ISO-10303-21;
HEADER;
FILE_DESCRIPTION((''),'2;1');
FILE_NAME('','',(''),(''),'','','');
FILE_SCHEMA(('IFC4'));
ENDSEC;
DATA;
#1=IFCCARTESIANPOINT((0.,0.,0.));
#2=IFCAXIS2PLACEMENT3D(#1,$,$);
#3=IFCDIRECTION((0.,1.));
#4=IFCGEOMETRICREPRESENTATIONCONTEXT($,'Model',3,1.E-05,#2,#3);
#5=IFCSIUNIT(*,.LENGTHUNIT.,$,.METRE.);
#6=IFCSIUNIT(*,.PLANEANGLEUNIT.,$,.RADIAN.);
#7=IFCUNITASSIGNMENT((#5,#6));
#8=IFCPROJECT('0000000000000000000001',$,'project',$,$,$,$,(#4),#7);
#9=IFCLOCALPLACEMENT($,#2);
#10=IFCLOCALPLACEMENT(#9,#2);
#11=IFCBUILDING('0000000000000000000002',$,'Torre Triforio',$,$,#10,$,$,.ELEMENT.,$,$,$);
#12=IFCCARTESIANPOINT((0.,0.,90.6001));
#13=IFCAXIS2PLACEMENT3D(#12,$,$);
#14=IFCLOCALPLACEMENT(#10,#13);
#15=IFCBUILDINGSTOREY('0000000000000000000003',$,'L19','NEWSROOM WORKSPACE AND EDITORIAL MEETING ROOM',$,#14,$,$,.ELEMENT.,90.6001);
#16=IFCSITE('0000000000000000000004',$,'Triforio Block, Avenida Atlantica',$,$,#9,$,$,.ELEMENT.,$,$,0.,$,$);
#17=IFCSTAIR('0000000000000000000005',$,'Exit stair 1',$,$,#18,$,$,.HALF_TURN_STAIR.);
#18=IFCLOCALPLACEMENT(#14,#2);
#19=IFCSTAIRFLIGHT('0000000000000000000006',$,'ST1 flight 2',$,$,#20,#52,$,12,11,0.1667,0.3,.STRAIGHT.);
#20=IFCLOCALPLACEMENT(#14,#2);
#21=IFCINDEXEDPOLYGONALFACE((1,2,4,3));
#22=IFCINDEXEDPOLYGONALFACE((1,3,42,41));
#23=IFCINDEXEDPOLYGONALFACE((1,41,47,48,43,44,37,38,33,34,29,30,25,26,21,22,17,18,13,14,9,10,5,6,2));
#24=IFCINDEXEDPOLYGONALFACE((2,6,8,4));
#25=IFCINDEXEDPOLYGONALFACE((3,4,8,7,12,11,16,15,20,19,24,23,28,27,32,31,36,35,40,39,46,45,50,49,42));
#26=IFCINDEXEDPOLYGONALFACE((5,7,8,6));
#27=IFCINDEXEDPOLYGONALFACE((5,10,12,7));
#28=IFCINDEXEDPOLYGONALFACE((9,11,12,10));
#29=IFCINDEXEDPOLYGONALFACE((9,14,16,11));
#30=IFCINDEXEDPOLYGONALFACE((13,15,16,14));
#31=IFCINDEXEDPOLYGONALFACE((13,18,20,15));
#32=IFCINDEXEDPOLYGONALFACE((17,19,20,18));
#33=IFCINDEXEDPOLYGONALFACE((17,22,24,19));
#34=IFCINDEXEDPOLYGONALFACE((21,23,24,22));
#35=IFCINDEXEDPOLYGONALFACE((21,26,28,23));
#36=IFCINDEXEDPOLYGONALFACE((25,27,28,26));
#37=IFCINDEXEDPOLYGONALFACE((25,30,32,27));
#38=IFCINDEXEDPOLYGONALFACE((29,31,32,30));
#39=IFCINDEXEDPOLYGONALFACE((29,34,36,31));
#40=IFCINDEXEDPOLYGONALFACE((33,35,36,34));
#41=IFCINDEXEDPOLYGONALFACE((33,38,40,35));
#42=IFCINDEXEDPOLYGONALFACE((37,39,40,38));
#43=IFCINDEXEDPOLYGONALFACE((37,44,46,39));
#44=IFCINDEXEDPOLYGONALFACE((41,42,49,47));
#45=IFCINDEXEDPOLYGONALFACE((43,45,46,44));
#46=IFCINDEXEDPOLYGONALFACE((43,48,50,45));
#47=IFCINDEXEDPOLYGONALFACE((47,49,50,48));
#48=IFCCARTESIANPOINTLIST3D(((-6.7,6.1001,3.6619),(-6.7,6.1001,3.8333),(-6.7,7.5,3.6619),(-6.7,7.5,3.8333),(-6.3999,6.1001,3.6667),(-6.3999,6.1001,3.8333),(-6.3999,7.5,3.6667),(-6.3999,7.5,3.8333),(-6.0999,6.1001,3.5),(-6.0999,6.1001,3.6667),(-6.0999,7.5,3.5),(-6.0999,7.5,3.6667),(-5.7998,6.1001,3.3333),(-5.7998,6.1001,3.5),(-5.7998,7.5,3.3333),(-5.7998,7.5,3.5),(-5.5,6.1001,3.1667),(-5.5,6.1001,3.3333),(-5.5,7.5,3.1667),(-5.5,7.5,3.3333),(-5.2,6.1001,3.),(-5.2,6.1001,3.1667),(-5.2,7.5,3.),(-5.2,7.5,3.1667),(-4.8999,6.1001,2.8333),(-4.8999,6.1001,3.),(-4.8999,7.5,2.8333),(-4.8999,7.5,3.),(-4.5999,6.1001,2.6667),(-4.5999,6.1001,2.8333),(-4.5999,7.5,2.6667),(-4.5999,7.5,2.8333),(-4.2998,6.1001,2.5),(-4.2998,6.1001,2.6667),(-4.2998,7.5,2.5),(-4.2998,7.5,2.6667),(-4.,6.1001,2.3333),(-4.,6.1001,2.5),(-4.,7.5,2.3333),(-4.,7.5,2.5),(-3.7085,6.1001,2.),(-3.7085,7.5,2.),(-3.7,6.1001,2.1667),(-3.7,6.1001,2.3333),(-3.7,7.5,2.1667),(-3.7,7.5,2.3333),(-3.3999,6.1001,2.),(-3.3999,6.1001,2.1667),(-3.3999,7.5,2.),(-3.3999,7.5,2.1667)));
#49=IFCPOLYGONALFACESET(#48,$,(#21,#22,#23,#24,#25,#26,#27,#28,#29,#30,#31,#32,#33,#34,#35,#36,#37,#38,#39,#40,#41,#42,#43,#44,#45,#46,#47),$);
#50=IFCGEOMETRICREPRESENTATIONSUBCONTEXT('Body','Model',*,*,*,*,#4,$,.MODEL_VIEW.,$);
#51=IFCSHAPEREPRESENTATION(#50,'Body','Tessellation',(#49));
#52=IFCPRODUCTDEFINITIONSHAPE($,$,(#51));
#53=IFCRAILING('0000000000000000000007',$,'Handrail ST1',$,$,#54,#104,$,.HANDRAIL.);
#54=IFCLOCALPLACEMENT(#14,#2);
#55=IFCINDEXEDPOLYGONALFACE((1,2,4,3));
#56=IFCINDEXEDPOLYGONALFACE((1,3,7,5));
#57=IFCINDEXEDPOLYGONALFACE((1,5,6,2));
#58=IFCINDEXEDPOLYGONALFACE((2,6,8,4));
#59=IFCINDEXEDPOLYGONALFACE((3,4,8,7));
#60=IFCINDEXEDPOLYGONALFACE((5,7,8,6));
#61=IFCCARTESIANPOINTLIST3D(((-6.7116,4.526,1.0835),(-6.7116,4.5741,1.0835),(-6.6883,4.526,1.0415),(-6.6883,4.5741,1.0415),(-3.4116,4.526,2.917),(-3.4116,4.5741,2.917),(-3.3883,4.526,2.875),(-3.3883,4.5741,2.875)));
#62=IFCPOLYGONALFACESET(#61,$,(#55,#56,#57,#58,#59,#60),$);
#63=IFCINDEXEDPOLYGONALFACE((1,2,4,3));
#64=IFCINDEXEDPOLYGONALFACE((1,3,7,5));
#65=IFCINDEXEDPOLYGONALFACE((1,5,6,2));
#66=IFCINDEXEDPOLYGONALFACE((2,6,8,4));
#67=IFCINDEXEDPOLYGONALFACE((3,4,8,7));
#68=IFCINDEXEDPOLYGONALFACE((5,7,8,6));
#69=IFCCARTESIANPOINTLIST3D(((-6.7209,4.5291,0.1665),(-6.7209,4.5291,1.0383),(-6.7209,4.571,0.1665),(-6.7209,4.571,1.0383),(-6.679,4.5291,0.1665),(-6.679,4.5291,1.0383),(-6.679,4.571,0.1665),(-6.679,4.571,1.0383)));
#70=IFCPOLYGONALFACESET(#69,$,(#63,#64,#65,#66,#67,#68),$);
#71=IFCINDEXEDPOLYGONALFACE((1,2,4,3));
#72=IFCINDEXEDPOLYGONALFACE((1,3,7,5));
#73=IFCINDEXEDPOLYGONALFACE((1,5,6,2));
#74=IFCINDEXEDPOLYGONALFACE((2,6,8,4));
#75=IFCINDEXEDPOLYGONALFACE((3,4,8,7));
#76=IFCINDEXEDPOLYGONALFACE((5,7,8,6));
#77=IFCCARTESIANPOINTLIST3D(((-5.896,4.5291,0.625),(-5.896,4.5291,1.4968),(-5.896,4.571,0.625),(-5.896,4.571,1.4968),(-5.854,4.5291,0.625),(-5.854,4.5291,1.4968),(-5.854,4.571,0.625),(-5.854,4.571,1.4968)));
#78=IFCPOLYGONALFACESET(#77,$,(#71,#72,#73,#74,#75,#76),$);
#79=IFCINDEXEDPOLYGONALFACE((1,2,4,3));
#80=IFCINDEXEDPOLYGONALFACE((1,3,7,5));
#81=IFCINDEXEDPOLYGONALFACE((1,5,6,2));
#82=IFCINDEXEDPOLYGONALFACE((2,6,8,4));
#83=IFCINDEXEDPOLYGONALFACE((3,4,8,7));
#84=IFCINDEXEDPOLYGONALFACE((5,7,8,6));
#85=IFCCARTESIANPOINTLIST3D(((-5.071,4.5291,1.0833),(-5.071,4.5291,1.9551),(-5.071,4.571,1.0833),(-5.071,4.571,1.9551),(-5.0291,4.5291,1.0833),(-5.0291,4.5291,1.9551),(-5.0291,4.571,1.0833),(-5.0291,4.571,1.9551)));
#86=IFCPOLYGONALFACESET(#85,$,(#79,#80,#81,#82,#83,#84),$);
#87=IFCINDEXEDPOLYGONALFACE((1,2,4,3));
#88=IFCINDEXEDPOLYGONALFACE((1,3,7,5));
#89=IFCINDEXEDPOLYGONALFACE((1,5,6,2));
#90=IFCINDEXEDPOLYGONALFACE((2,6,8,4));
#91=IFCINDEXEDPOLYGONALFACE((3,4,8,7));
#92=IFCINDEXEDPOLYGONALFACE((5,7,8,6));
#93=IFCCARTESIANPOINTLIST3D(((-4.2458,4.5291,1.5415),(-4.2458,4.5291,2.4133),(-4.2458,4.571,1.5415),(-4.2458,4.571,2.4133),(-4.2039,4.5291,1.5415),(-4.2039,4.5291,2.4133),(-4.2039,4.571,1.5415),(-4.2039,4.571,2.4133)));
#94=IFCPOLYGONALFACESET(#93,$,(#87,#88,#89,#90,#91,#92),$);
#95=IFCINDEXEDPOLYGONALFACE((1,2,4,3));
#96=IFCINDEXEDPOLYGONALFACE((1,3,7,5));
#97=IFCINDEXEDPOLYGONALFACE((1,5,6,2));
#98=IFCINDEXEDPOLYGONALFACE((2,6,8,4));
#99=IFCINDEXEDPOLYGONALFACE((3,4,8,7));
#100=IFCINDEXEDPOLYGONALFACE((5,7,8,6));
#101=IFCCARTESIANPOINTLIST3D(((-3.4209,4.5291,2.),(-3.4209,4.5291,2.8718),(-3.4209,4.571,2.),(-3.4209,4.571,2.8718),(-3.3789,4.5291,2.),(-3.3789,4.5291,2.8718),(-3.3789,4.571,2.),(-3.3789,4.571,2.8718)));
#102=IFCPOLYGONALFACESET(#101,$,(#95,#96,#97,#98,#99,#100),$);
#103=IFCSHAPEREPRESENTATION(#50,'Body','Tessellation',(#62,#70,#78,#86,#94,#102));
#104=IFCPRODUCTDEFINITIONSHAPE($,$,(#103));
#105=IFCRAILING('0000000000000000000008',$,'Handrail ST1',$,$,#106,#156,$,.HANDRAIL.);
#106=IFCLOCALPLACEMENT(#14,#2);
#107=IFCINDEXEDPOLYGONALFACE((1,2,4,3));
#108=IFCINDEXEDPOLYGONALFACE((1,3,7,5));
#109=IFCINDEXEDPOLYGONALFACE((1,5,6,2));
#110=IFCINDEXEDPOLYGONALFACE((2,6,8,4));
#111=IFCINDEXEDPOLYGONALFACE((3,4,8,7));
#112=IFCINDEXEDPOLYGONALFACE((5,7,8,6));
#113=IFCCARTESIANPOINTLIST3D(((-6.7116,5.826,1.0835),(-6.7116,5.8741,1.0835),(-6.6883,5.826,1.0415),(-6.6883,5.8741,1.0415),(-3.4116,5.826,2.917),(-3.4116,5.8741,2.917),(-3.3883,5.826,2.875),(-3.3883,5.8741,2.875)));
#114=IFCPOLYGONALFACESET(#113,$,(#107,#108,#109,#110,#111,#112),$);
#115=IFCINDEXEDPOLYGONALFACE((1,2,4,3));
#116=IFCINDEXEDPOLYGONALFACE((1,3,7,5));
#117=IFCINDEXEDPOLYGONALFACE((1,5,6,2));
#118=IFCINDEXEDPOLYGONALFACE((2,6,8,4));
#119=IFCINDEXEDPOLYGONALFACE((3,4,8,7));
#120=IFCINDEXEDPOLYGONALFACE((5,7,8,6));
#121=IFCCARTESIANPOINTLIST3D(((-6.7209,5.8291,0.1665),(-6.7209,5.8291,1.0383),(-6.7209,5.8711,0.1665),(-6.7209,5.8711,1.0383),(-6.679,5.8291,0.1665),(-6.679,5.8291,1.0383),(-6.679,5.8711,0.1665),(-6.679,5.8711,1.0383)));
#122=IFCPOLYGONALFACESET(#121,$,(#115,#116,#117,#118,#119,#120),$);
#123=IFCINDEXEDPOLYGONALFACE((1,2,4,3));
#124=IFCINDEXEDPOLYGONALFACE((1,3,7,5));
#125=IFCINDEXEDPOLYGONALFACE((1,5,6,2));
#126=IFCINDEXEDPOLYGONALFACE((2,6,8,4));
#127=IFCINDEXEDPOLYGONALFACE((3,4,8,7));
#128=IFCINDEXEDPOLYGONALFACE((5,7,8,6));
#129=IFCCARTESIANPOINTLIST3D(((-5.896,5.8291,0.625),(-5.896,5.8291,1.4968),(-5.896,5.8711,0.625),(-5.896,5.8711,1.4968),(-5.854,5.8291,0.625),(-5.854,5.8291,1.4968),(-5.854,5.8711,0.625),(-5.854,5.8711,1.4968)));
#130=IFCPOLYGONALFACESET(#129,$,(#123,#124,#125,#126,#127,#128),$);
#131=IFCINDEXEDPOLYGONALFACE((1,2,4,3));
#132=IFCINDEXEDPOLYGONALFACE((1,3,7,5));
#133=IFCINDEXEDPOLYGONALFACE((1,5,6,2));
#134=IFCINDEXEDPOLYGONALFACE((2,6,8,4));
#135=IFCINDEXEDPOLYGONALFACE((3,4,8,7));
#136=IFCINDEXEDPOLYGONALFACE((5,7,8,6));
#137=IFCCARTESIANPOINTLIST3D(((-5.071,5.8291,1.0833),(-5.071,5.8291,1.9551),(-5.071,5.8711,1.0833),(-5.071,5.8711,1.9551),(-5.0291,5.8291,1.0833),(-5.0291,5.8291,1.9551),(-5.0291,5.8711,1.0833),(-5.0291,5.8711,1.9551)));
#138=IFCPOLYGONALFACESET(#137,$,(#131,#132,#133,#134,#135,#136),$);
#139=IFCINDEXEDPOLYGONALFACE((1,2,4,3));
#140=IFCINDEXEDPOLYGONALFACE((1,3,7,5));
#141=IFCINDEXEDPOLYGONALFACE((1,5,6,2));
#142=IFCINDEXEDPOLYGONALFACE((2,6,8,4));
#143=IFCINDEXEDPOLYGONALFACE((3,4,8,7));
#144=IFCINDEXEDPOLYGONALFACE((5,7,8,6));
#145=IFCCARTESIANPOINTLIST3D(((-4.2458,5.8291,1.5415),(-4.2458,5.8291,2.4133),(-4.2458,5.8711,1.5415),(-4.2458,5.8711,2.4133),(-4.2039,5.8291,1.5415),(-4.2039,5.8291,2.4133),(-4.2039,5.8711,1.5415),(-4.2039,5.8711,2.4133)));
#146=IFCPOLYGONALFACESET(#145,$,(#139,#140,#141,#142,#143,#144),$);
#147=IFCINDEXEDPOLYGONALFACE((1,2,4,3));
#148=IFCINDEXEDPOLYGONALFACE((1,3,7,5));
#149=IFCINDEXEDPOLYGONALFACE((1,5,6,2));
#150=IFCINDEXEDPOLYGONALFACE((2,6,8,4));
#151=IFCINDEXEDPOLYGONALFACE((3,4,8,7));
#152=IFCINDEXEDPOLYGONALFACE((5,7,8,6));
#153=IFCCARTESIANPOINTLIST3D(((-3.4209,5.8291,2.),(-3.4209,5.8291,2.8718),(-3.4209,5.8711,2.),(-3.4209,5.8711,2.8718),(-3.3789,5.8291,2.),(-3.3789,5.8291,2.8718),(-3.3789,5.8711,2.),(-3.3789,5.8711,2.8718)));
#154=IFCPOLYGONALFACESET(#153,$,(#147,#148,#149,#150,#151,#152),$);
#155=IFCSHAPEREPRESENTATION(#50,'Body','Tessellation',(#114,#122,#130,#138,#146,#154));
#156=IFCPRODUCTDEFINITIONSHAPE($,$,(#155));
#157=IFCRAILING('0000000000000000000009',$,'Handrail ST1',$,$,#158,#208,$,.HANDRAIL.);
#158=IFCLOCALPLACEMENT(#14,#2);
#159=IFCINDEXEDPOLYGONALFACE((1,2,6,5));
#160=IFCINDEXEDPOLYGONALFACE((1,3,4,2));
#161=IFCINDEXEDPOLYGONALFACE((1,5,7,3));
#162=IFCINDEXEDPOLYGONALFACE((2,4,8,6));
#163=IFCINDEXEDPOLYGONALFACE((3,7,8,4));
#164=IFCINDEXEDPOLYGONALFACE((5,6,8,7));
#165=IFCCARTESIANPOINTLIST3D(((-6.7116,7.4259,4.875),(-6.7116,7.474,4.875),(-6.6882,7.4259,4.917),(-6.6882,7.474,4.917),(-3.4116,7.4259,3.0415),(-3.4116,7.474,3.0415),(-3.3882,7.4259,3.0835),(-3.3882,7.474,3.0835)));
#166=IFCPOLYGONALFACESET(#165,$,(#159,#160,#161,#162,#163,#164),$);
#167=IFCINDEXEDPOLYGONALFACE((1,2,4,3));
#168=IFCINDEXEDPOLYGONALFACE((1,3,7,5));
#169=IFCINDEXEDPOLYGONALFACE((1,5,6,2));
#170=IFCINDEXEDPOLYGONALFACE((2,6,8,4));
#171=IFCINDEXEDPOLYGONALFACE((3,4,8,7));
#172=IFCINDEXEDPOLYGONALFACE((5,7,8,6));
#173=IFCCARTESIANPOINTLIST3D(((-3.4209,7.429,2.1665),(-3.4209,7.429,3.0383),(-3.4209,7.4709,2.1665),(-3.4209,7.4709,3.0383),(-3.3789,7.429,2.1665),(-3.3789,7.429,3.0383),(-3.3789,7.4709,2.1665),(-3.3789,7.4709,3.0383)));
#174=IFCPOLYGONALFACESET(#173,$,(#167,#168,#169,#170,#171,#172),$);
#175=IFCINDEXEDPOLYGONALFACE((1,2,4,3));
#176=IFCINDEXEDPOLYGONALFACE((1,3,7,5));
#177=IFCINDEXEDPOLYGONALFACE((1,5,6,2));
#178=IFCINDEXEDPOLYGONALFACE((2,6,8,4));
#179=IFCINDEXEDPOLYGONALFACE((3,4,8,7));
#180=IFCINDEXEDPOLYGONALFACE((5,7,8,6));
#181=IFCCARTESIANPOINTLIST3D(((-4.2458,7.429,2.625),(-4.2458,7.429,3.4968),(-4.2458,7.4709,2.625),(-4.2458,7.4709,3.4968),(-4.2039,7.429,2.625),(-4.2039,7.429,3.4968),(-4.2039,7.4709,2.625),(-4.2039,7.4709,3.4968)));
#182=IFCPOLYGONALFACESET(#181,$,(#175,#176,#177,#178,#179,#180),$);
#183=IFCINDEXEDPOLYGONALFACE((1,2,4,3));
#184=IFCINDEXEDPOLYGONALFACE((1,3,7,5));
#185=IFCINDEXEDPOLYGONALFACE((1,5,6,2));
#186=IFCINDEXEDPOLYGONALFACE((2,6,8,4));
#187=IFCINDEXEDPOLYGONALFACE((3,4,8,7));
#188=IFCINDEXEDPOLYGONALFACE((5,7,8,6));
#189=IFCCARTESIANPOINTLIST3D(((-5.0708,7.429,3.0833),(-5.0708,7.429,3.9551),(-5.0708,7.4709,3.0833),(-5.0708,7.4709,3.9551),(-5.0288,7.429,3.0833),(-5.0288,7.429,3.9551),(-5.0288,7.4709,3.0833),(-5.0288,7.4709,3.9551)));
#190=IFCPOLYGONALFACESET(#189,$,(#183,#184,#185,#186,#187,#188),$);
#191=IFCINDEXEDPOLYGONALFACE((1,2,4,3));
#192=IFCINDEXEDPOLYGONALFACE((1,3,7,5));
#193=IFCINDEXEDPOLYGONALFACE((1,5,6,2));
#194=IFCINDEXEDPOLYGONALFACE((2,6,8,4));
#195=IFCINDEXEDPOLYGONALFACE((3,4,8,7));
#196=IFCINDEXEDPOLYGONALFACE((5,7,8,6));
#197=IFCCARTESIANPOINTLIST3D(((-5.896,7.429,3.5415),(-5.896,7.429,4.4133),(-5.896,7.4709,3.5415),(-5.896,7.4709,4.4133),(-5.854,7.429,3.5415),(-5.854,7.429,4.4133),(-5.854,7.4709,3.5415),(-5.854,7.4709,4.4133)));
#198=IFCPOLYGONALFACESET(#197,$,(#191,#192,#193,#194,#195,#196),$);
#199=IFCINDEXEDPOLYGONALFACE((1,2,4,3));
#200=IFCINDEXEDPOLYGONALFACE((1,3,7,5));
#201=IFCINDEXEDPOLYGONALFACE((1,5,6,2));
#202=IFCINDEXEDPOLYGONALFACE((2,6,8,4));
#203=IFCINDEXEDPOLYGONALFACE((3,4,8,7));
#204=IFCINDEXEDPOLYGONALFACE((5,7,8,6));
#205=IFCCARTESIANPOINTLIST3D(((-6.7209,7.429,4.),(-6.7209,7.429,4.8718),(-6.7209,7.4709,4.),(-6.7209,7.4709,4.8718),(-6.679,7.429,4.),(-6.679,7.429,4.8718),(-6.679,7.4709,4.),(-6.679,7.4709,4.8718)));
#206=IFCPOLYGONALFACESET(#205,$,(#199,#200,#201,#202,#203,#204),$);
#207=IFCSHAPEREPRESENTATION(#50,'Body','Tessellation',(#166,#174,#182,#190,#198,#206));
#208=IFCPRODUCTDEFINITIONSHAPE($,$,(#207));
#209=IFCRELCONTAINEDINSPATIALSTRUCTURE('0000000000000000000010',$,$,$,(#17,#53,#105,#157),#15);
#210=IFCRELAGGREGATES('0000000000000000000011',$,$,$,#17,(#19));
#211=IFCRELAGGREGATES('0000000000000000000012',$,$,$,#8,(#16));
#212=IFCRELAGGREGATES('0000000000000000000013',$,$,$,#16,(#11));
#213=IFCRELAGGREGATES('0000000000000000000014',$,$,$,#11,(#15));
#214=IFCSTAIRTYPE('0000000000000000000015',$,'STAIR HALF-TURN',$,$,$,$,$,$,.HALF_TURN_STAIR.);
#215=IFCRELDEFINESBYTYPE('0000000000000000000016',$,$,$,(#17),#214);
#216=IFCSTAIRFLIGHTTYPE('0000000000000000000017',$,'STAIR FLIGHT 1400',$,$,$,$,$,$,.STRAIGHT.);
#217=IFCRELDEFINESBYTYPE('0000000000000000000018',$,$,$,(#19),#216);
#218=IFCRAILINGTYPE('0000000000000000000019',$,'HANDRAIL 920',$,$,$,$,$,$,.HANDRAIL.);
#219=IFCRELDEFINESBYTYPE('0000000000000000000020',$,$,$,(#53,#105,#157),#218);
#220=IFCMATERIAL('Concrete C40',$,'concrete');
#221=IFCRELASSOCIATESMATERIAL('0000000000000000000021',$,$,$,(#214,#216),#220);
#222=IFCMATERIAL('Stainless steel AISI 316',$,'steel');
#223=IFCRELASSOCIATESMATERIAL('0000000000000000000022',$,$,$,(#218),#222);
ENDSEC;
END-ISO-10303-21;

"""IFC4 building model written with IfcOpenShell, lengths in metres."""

from ifc_helpers import new_model, si_unit, direction, frame, origin, origin_2d, place, context, subcontext, project, spatial, polyline, rectangle, outline, extrude, material, type_object, element, aggregate, save


model = new_model("IFC4")

# Units and contexts
model_context = context("Model", 3, precision=1e-05, world=origin(), true_north=direction((0.0, 1.0)))
body_context = subcontext(model_context, "Body", "Model", "MODEL_VIEW")
ifc_project = project(units=[si_unit("LENGTHUNIT", "METRE"), si_unit("PLANEANGLEUNIT", "RADIAN")], contexts=[model_context])

# Site, building, storey
site_placement = place(None, origin())
site = spatial("IfcSite", under=ifc_project, at=site_placement, Name="Triforio Block, Avenida Atlantica", CompositionType="ELEMENT", RefElevation=0.0)
building_placement = place(site_placement, origin())
building = spatial("IfcBuilding", under=site, at=building_placement, Name="Torre Triforio", CompositionType="ELEMENT")
storey_placement = place(building_placement, frame((0.0, 0.0, 90.6001)))
storey = spatial("IfcBuildingStorey", under=building, at=storey_placement, Name="L19", Description="NEWSROOM WORKSPACE AND EDITORIAL MEETING ROOM", CompositionType="ELEMENT", Elevation=90.6001)

# Stair, stair flight
ifc_material_1 = material(Name="Concrete C40", Category="concrete")
stair_type = type_object("IfcStairType", Name="STAIR HALF-TURN", PredefinedType="HALF_TURN_STAIR", material=ifc_material_1)
stair_placement = place(storey_placement, origin())
stair = element("IfcStair", 1, at=stair_placement, inside=storey, type_object=stair_type, Name="Exit stair 1", PredefinedType="HALF_TURN_STAIR")
stair_flight_type = type_object("IfcStairFlightType", Name="STAIR FLIGHT 1400", PredefinedType="STRAIGHT", material=ifc_material_1)
stair_flight_1_placement = place(storey_placement, frame((-3.3999, 6.8, 2.0), z_axis=(0.0, 0.0, 1.0), x_axis=(-1.0, 0.0, 0.0)))
stair_flight_1 = element("IfcStairFlight", 2, at=stair_flight_1_placement, type_object=stair_flight_type, Name="ST1 flight 2", NumberOfRisers=12, NumberOfTreads=11, PredefinedType="STRAIGHT", RiserHeight=0.1667, TreadLength=0.3, context=body_context, shape_type="SweptSolid", body=[
    extrude(outline(polyline([(0.0, 0.0), (0.0, 0.1667), (0.3, 0.1667), (0.3, 0.3333), (0.6001, 0.3333), (0.6001, 0.5), (0.8999, 0.5), (0.8999, 0.6667), (1.2, 0.6667), (1.2, 0.8333), (1.5, 0.8333), (1.5, 1.0), (1.8, 1.0), (1.8, 1.1667), (2.1001, 1.1667), (2.1001, 1.3333), (2.3999, 1.3333), (2.3999, 1.5), (2.7, 1.5), (2.7, 1.6667), (3.0, 1.6667), (3.0, 1.8333), (3.3, 1.8333), (3.3, 2.0), (3.3, 1.6619), (0.3086, 0.0), (0.0, 0.0)])), frame((0.0, 0.7, 0.0), z_axis=(0.0, -1.0, 0.0), x_axis=(1.0, 0.0, 0.0)), (0.0, 0.0, 1.0), 1.3999),
])
aggregate(stair, [stair_flight_1])

# Railings
ifc_material_2 = material(Name="Stainless steel AISI 316", Category="steel")
railing_type = type_object("IfcRailingType", Name="HANDRAIL 920", PredefinedType="HANDRAIL", material=ifc_material_2)
for number, where, name in (
    (3, (-6.7, 4.55, 0.1665), "Handrail ST1"),
    (4, (-6.7, 5.8501, 0.1665), "Handrail ST1"),
):
    element("IfcRailing", number, at=place(storey_placement, frame(where)), inside=storey, type_object=railing_type, Name=name, PredefinedType="HANDRAIL", context=body_context, shape_type="SweptSolid", body=[
        extrude(rectangle(XDim=0.0481, YDim=0.0481, at=origin_2d()), frame((0.0, 0.0, 0.896), z_axis=(0.874142, 0.0, 0.48567), x_axis=(0.0, 1.0, 0.0)), (0.0, 0.0, 1.0), 3.7751),
        extrude(rectangle(XDim=0.042, YDim=0.042, at=origin_2d()), origin(), (0.0, 0.0, 1.0), 0.8718),
        extrude(rectangle(XDim=0.042, YDim=0.042, at=origin_2d()), frame((0.825, 0.0, 0.4585)), (0.0, 0.0, 1.0), 0.8718),
        extrude(rectangle(XDim=0.042, YDim=0.042, at=origin_2d()), frame((1.6499, 0.0, 0.9167)), (0.0, 0.0, 1.0), 0.8718),
        extrude(rectangle(XDim=0.042, YDim=0.042, at=origin_2d()), frame((2.4751, 0.0, 1.375)), (0.0, 0.0, 1.0), 0.8718),
        extrude(rectangle(XDim=0.042, YDim=0.042, at=origin_2d()), frame((3.3, 0.0, 1.8335)), (0.0, 0.0, 1.0), 0.8718),
    ])
for number, where, name in (
    (5, (-3.3999, 7.45, 2.1665), "Handrail ST1"),
):
    element("IfcRailing", number, at=place(storey_placement, frame(where)), inside=storey, type_object=railing_type, Name=name, PredefinedType="HANDRAIL", context=body_context, shape_type="SweptSolid", body=[
        extrude(rectangle(XDim=0.0481, YDim=0.0481, at=origin_2d()), frame((0.0, 0.0, 0.896), z_axis=(-0.874142, 0.0, 0.48567), x_axis=(0.0, -1.0, 0.0)), (0.0, 0.0, 1.0), 3.7751),
        extrude(rectangle(XDim=0.042, YDim=0.042, at=origin_2d()), origin(), (0.0, 0.0, 1.0), 0.8718),
        extrude(rectangle(XDim=0.042, YDim=0.042, at=origin_2d()), frame((-0.825, 0.0, 0.4585)), (0.0, 0.0, 1.0), 0.8718),
        extrude(rectangle(XDim=0.042, YDim=0.042, at=origin_2d()), frame((-1.6499, 0.0, 0.9167)), (0.0, 0.0, 1.0), 0.8718),
        extrude(rectangle(XDim=0.042, YDim=0.042, at=origin_2d()), frame((-2.4751, 0.0, 1.375)), (0.0, 0.0, 1.0), 0.8718),
        extrude(rectangle(XDim=0.042, YDim=0.042, at=origin_2d()), frame((-3.3, 0.0, 1.8335)), (0.0, 0.0, 1.0), 0.8718),
    ])

save(model, "model.ifc")
